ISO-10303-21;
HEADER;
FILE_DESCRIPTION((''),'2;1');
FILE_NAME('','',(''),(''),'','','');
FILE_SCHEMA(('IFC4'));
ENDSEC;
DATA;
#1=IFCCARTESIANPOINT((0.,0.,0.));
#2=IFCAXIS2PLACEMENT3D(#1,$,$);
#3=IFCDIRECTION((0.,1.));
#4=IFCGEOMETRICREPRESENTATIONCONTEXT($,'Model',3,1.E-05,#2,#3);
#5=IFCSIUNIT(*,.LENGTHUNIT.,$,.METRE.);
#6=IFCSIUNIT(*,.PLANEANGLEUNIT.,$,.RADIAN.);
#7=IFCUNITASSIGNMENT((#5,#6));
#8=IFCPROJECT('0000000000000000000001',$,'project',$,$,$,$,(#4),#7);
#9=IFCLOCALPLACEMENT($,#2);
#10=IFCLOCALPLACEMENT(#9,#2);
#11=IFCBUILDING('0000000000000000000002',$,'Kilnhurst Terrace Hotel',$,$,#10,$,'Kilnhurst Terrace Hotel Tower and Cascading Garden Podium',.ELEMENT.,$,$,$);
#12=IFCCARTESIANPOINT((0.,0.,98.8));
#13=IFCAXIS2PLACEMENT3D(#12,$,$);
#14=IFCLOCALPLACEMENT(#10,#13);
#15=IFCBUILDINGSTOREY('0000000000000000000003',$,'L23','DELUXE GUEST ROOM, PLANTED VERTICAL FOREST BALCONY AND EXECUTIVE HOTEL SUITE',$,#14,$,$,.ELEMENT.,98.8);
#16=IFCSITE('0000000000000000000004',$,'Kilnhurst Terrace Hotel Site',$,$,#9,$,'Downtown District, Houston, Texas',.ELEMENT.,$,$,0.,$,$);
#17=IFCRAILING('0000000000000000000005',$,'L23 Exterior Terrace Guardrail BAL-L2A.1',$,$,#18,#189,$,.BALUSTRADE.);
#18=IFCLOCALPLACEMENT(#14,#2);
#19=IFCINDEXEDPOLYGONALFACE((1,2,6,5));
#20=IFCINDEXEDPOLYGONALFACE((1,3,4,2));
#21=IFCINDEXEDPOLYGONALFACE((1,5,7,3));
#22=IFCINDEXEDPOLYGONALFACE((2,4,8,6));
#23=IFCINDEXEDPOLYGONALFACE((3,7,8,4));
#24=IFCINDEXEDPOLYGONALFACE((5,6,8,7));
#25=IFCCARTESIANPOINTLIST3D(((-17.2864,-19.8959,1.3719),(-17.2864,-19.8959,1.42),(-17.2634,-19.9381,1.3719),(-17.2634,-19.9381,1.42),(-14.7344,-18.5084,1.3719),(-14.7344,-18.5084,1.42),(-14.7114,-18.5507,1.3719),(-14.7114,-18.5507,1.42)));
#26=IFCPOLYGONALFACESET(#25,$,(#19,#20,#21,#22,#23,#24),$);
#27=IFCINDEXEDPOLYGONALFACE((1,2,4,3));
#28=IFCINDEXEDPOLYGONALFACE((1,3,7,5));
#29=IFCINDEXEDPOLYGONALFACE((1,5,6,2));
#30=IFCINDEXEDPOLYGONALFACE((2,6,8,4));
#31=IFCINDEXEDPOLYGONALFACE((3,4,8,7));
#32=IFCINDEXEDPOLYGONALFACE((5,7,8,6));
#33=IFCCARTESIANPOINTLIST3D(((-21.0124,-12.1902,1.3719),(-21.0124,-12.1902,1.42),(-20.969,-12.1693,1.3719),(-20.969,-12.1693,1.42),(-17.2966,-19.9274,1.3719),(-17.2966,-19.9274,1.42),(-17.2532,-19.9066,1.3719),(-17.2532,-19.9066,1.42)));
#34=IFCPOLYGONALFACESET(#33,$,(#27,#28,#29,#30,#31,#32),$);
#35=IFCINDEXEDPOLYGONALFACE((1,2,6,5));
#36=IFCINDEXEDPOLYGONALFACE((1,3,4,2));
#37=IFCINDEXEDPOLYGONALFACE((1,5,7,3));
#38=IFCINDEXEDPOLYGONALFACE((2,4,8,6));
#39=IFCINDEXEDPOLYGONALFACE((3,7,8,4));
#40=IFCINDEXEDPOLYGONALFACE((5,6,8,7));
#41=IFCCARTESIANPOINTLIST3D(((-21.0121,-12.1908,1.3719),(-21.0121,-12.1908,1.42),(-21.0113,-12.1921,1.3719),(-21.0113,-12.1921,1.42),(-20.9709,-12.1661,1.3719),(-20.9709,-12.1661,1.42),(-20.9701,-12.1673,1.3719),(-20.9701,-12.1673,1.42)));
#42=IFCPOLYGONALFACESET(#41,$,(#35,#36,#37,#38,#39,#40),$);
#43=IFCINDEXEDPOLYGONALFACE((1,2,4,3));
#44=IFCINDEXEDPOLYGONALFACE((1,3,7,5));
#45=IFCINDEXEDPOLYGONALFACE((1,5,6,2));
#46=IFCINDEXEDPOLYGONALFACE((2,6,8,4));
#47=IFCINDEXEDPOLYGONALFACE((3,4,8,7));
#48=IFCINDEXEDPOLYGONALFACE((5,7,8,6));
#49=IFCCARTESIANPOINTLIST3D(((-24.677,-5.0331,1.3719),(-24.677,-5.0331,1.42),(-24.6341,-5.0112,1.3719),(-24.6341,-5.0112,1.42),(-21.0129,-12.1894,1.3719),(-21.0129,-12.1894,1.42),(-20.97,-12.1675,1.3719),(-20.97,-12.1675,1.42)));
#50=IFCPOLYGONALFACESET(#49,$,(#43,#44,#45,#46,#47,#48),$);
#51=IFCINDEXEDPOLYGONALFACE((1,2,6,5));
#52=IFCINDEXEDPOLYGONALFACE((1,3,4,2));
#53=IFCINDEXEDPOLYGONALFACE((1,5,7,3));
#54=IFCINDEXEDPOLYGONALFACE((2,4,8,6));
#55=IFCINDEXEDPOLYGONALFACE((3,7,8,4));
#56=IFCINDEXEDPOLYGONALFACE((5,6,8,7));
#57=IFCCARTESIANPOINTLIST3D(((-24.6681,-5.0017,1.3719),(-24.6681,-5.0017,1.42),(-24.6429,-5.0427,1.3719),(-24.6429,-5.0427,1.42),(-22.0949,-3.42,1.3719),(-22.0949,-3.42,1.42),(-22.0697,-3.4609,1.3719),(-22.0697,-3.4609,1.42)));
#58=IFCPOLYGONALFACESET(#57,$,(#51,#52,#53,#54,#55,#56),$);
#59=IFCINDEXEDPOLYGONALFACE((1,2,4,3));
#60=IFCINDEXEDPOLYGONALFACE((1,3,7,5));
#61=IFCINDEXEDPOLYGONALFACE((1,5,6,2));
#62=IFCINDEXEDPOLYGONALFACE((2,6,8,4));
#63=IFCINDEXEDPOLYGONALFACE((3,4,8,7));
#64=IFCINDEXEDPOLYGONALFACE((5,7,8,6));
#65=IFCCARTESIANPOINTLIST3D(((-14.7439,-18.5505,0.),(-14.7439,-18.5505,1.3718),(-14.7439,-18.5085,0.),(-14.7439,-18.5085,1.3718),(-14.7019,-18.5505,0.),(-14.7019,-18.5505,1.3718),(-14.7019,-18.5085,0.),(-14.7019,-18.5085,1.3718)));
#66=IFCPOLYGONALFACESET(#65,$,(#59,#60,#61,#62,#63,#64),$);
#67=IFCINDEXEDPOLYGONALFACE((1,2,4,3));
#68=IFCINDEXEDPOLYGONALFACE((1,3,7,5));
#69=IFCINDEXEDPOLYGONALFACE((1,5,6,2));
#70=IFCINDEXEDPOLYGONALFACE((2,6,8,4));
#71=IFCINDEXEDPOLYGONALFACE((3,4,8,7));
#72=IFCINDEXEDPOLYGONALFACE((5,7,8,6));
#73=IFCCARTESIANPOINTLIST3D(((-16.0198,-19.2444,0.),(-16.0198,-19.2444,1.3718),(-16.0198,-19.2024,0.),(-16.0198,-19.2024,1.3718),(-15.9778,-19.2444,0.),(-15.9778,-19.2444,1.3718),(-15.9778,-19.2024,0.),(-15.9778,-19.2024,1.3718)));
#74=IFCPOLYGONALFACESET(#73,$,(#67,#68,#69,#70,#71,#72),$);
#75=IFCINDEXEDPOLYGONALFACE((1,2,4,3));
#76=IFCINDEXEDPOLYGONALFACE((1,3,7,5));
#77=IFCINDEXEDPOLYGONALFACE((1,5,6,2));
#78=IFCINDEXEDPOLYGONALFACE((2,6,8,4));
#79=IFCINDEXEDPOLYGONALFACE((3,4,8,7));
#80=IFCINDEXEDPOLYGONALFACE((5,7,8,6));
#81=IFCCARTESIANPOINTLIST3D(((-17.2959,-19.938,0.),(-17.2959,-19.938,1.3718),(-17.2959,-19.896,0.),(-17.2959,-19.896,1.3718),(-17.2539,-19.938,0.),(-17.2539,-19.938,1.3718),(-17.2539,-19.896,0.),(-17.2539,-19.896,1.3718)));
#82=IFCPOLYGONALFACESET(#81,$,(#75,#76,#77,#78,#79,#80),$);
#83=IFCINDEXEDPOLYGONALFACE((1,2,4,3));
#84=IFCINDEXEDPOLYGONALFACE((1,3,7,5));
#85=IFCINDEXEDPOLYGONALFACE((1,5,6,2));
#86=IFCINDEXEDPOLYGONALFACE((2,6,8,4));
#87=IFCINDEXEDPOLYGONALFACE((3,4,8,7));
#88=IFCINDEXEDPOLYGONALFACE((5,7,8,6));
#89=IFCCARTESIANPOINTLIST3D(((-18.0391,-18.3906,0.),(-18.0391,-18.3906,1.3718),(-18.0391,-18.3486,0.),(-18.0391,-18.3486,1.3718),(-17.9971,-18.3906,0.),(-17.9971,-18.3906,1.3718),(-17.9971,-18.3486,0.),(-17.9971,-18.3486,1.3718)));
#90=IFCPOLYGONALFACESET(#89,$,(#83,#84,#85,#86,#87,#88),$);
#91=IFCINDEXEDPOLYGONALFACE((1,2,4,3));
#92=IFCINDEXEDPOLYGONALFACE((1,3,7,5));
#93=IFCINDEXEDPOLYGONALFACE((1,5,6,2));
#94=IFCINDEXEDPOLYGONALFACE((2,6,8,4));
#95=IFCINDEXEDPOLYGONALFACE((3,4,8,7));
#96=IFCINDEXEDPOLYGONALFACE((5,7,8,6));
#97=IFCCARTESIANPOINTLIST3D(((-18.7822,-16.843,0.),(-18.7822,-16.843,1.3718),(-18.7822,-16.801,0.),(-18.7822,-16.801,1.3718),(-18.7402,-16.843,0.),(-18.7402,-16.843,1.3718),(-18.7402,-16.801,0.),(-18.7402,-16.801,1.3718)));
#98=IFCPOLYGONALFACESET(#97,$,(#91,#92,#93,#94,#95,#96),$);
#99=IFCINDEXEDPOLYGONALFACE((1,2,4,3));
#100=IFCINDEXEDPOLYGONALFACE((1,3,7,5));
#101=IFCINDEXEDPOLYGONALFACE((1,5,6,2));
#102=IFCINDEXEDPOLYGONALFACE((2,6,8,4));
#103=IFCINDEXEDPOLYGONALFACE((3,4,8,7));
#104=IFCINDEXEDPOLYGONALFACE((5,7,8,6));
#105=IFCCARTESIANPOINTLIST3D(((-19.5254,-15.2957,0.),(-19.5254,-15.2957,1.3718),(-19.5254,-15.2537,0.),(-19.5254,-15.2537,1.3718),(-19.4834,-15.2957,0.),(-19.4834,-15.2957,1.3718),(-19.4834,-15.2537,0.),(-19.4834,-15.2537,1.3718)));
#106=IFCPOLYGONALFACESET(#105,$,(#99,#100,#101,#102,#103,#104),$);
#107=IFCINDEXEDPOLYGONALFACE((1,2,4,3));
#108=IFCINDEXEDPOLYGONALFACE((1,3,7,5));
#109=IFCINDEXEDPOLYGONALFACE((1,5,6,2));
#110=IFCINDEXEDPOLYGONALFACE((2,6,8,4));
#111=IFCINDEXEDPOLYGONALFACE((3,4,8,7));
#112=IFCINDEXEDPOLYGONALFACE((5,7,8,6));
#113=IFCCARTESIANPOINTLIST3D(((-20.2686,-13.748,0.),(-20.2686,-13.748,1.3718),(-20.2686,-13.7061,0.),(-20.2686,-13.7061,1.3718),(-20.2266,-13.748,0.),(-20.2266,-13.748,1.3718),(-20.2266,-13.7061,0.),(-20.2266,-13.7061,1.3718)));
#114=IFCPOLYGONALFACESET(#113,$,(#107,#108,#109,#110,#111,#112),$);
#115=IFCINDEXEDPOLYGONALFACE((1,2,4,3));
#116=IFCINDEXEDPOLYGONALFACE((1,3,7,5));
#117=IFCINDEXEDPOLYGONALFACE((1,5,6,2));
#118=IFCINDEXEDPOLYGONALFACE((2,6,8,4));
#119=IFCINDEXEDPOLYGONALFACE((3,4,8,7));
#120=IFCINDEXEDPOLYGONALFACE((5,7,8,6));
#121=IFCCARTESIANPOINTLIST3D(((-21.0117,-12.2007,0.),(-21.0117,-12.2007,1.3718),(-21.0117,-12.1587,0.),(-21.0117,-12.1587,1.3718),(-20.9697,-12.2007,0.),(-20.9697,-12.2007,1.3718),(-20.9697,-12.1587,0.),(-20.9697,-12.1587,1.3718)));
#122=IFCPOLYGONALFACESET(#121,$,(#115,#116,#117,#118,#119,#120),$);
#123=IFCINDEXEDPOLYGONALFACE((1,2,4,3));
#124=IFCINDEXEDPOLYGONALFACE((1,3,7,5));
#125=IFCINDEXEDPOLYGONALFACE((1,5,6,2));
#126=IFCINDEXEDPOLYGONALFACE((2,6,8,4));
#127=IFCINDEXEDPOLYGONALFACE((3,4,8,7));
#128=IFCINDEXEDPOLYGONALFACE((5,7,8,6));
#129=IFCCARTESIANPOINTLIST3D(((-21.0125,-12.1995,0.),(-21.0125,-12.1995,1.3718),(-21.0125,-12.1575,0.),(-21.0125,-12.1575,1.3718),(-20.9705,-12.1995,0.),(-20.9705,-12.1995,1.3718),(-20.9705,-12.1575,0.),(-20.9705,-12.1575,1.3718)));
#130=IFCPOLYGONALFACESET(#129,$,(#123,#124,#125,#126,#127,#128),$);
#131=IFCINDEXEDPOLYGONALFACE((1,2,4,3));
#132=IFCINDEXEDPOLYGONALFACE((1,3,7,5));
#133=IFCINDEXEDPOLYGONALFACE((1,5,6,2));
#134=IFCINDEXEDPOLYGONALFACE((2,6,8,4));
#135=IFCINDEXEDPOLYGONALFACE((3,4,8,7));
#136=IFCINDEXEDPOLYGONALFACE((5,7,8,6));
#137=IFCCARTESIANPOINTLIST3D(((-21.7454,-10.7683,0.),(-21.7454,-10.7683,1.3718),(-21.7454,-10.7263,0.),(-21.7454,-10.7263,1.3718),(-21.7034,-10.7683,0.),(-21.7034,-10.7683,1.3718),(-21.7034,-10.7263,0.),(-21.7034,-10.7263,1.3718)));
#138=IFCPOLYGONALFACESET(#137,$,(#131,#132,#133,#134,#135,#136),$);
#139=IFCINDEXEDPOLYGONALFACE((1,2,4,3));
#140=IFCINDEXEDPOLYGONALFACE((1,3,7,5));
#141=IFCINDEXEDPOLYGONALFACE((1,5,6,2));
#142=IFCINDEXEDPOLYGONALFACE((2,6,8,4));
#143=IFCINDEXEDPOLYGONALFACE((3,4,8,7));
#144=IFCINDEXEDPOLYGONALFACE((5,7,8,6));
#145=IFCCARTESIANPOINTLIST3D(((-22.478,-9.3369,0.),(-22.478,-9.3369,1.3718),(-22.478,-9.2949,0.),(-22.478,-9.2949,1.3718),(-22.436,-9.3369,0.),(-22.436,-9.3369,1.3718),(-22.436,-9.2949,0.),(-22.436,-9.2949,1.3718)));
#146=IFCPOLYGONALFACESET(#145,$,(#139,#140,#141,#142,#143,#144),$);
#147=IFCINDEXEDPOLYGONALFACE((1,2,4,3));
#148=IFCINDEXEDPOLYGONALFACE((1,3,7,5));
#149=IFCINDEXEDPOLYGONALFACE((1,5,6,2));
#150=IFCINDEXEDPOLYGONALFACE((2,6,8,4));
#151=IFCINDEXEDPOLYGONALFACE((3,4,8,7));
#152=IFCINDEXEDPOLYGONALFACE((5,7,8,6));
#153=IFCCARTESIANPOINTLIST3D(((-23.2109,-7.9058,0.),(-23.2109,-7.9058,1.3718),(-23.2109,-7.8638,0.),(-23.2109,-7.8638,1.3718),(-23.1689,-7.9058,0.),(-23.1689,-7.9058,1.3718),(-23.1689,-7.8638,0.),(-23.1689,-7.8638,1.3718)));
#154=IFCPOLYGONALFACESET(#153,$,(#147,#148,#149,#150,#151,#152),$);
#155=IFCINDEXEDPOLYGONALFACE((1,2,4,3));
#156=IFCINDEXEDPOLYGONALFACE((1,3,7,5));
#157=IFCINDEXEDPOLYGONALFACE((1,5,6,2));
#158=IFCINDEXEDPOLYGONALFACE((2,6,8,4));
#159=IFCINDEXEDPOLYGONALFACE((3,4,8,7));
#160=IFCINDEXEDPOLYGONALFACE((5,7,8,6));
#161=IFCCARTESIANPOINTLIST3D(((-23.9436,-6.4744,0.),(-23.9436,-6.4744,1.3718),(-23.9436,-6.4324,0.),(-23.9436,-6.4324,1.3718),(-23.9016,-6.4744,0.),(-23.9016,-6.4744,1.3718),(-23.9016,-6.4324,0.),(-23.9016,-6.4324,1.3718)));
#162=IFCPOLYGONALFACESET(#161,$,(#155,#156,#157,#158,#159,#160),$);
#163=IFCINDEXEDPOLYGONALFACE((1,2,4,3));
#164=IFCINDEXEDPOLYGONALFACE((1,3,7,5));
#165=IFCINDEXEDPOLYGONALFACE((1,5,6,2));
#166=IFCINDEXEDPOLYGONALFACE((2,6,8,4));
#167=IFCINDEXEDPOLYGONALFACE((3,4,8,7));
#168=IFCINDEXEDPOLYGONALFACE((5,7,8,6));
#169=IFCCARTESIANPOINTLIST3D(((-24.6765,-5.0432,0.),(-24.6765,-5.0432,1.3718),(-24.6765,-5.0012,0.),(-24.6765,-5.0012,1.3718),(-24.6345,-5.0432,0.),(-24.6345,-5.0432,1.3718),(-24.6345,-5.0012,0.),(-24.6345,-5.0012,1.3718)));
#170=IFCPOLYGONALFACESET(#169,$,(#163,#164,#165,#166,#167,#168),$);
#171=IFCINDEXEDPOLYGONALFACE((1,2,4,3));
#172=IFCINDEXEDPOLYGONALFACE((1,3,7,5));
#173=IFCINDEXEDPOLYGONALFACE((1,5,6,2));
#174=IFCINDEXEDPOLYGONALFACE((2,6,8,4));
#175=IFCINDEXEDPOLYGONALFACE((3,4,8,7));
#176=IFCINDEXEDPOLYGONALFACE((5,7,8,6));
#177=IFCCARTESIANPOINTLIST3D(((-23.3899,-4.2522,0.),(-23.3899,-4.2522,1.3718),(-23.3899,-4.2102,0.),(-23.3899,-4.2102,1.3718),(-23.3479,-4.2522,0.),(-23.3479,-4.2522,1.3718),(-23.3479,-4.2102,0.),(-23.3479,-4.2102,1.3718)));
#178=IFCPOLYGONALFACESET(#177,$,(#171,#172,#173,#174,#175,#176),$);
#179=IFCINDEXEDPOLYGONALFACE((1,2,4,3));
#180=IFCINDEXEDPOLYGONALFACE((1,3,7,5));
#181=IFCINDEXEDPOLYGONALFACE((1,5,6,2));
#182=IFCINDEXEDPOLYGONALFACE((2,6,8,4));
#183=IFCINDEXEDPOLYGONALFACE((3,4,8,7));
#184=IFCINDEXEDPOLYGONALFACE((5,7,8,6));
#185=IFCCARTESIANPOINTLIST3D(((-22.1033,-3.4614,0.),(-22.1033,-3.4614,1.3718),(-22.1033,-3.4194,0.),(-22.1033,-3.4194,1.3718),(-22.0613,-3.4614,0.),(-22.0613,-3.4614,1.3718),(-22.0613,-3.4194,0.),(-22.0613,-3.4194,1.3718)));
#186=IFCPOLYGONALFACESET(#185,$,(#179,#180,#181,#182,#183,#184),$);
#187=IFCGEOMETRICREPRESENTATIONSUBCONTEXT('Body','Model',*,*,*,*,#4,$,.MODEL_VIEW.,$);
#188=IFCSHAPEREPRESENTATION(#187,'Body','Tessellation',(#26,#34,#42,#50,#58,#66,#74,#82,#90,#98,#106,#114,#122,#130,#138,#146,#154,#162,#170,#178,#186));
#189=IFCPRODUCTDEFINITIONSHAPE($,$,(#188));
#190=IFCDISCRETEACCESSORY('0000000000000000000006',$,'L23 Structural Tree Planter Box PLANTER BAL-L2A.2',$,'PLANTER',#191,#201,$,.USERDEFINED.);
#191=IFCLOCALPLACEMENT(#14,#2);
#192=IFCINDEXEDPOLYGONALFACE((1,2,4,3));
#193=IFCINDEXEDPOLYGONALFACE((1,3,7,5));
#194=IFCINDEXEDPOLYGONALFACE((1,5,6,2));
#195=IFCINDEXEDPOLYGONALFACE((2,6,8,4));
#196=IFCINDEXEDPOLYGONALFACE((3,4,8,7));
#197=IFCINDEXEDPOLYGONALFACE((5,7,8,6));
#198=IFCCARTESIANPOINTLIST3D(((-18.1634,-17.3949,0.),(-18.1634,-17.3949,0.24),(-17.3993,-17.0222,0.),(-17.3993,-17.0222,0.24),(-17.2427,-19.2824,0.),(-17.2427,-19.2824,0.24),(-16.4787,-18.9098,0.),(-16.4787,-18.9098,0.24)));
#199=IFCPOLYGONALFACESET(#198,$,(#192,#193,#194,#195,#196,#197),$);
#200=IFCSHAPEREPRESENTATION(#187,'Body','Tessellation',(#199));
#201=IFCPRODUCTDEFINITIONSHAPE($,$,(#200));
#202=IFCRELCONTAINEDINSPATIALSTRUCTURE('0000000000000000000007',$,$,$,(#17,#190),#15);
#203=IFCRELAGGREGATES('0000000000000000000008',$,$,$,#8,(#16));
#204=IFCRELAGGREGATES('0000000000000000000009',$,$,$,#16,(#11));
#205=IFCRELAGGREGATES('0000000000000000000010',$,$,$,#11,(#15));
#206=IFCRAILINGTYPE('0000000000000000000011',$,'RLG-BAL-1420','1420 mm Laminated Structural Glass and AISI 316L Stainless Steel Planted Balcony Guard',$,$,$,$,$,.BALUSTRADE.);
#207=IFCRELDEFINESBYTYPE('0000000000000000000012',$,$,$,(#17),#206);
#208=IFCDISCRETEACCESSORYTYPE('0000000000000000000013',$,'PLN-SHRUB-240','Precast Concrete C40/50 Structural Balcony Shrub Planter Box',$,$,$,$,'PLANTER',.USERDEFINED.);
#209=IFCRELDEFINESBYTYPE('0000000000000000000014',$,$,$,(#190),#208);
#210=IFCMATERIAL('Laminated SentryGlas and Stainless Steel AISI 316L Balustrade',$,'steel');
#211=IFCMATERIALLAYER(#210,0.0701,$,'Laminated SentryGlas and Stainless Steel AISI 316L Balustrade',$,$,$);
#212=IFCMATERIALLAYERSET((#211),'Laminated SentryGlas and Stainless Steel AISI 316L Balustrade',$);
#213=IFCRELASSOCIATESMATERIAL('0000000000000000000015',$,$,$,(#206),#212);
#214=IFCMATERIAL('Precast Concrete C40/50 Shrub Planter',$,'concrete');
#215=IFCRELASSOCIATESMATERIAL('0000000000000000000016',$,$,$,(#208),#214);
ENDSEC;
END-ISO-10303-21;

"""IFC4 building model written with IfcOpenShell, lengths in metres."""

from ifc_helpers import new_model, si_unit, direction, frame, origin, origin_2d, place, context, subcontext, project, spatial, rectangle, extrude, material, layer, layer_set, type_object, element, save


model = new_model("IFC4")

# Units and contexts
model_context = context("Model", 3, precision=1e-05, world=origin(), true_north=direction((0.0, 1.0)))
body_context = subcontext(model_context, "Body", "Model", "MODEL_VIEW")
ifc_project = project(units=[si_unit("LENGTHUNIT", "METRE"), si_unit("PLANEANGLEUNIT", "RADIAN")], contexts=[model_context])

# Site, building, storey
site_placement = place(None, origin())
site = spatial("IfcSite", under=ifc_project, at=site_placement, Name="Kilnhurst Terrace Hotel Site", LongName="Downtown District, Houston, Texas", CompositionType="ELEMENT", RefElevation=0.0)
building_placement = place(site_placement, origin())
building = spatial("IfcBuilding", under=site, at=building_placement, Name="Kilnhurst Terrace Hotel", LongName="Kilnhurst Terrace Hotel Tower and Cascading Garden Podium", CompositionType="ELEMENT")
storey_placement = place(building_placement, frame((0.0, 0.0, 98.8)))
storey = spatial("IfcBuildingStorey", under=building, at=storey_placement, Name="L23", Description="DELUXE GUEST ROOM, PLANTED VERTICAL FOREST BALCONY AND EXECUTIVE HOTEL SUITE", CompositionType="ELEMENT", Elevation=98.8)

# Railing
ifc_material_1 = material(Name="Laminated SentryGlas and Stainless Steel AISI 316L Balustrade", Category="steel")
ifc_layer_1 = layer(ifc_material_1, 0.0701, Name="Laminated SentryGlas and Stainless Steel AISI 316L Balustrade")
ifc_layer_set_1 = layer_set([ifc_layer_1], Name="Laminated SentryGlas and Stainless Steel AISI 316L Balustrade")
railing_type = type_object("IfcRailingType", Name="RLG-BAL-1420", Description="1420 mm Laminated Structural Glass and AISI 316L Stainless Steel Planted Balcony Guard", PredefinedType="BALUSTRADE", material=ifc_layer_set_1)
railing_placement = place(storey_placement, frame((-14.7229, -18.5295, 0.0)))
element("IfcRailing", 1, at=railing_placement, inside=storey, type_object=railing_type, Name="L23 Exterior Terrace Guardrail BAL-L2A.1", PredefinedType="BALUSTRADE", context=body_context, shape_type="SweptSolid", body=[
    extrude(rectangle(XDim=0.0481, YDim=0.0481, at=origin_2d()), frame((0.0, 0.0, 1.396), z_axis=(-0.878553, -0.477644, 0.0), x_axis=(0.477644, -0.878553, 0.0)), (0.0, 0.0, 1.0), 2.9048),
    extrude(rectangle(XDim=0.0481, YDim=0.0481, at=origin_2d()), frame((-2.552, -1.3875, 1.396), z_axis=(-0.432912, 0.901436, 0.0), x_axis=(-0.901436, -0.432912, 0.0)), (0.0, 0.0, 1.0), 8.5833),
    extrude(rectangle(XDim=0.0481, YDim=0.0481, at=origin_2d()), frame((-6.2678, 6.3499, 1.396), z_axis=(-0.514496, 0.857493, 0.0), x_axis=(-0.857493, -0.514496, 0.0)), (0.0, 0.0, 1.0), 0.0015),
    extrude(rectangle(XDim=0.0481, YDim=0.0481, at=origin_2d()), frame((-6.2686, 6.3511, 1.396), z_axis=(-0.455744, 0.890111, 0.0), x_axis=(-0.890111, -0.455744, 0.0)), (0.0, 0.0, 1.0), 8.0398),
    extrude(rectangle(XDim=0.0481, YDim=0.0481, at=origin_2d()), frame((-9.9326, 13.5073, 1.396), z_axis=(0.851916, 0.523678, 0.0), x_axis=(-0.523678, 0.851916, 0.0)), (0.0, 0.0, 1.0), 3.0205),
    extrude(rectangle(XDim=0.042, YDim=0.042, at=origin_2d()), origin(), (0.0, 0.0, 1.0), 1.3718),
    extrude(rectangle(XDim=0.042, YDim=0.042, at=origin_2d()), frame((-1.2759, -0.6938, 0.0)), (0.0, 0.0, 1.0), 1.3718),
    extrude(rectangle(XDim=0.042, YDim=0.042, at=origin_2d()), frame((-2.552, -1.3875, 0.0)), (0.0, 0.0, 1.0), 1.3718),
    extrude(rectangle(XDim=0.042, YDim=0.042, at=origin_2d()), frame((-3.2952, 0.1599, 0.0)), (0.0, 0.0, 1.0), 1.3718),
    extrude(rectangle(XDim=0.042, YDim=0.042, at=origin_2d()), frame((-4.0383, 1.7075, 0.0)), (0.0, 0.0, 1.0), 1.3718),
    extrude(rectangle(XDim=0.042, YDim=0.042, at=origin_2d()), frame((-4.7815, 3.2549, 0.0)), (0.0, 0.0, 1.0), 1.3718),
    extrude(rectangle(XDim=0.042, YDim=0.042, at=origin_2d()), frame((-5.5247, 4.8025, 0.0)), (0.0, 0.0, 1.0), 1.3718),
    extrude(rectangle(XDim=0.042, YDim=0.042, at=origin_2d()), frame((-6.2678, 6.3499, 0.0)), (0.0, 0.0, 1.0), 1.3718),
    extrude(rectangle(XDim=0.042, YDim=0.042, at=origin_2d()), frame((-6.2686, 6.3511, 0.0)), (0.0, 0.0, 1.0), 1.3718),
    extrude(rectangle(XDim=0.042, YDim=0.042, at=origin_2d()), frame((-7.0015, 7.7822, 0.0)), (0.0, 0.0, 1.0), 1.3718),
    extrude(rectangle(XDim=0.042, YDim=0.042, at=origin_2d()), frame((-7.7341, 9.2136, 0.0)), (0.0, 0.0, 1.0), 1.3718),
    extrude(rectangle(XDim=0.042, YDim=0.042, at=origin_2d()), frame((-8.467, 10.6448, 0.0)), (0.0, 0.0, 1.0), 1.3718),
    extrude(rectangle(XDim=0.042, YDim=0.042, at=origin_2d()), frame((-9.1997, 12.0762, 0.0)), (0.0, 0.0, 1.0), 1.3718),
    extrude(rectangle(XDim=0.042, YDim=0.042, at=origin_2d()), frame((-9.9326, 13.5073, 0.0)), (0.0, 0.0, 1.0), 1.3718),
    extrude(rectangle(XDim=0.042, YDim=0.042, at=origin_2d()), frame((-8.646, 14.2983, 0.0)), (0.0, 0.0, 1.0), 1.3718),
    extrude(rectangle(XDim=0.042, YDim=0.042, at=origin_2d()), frame((-7.3594, 15.0891, 0.0)), (0.0, 0.0, 1.0), 1.3718),
])

# Discrete accessory
ifc_material_2 = material(Name="Precast Concrete C40/50 Shrub Planter", Category="concrete")
discrete_accessory_type = type_object("IfcDiscreteAccessoryType", Name="PLN-SHRUB-240", Description="Precast Concrete C40/50 Structural Balcony Shrub Planter Box", ElementType="PLANTER", PredefinedType="USERDEFINED", material=ifc_material_2)
discrete_accessory_placement = place(storey_placement, frame((-17.321, -18.1523, 0.0), z_axis=(0.0, 0.0, 1.0), x_axis=(0.438387, -0.898786, 0.0)))
element("IfcDiscreteAccessory", 2, at=discrete_accessory_placement, inside=storey, type_object=discrete_accessory_type, Name="L23 Structural Tree Planter Box PLANTER BAL-L2A.2", ObjectType="PLANTER", PredefinedType="USERDEFINED", context=body_context, shape_type="SweptSolid", body=[
    extrude(rectangle(XDim=2.1001, YDim=0.8501, at=origin_2d()), origin(), (0.0, 0.0, 1.0), 0.24),
])

save(model, "model.ifc")
